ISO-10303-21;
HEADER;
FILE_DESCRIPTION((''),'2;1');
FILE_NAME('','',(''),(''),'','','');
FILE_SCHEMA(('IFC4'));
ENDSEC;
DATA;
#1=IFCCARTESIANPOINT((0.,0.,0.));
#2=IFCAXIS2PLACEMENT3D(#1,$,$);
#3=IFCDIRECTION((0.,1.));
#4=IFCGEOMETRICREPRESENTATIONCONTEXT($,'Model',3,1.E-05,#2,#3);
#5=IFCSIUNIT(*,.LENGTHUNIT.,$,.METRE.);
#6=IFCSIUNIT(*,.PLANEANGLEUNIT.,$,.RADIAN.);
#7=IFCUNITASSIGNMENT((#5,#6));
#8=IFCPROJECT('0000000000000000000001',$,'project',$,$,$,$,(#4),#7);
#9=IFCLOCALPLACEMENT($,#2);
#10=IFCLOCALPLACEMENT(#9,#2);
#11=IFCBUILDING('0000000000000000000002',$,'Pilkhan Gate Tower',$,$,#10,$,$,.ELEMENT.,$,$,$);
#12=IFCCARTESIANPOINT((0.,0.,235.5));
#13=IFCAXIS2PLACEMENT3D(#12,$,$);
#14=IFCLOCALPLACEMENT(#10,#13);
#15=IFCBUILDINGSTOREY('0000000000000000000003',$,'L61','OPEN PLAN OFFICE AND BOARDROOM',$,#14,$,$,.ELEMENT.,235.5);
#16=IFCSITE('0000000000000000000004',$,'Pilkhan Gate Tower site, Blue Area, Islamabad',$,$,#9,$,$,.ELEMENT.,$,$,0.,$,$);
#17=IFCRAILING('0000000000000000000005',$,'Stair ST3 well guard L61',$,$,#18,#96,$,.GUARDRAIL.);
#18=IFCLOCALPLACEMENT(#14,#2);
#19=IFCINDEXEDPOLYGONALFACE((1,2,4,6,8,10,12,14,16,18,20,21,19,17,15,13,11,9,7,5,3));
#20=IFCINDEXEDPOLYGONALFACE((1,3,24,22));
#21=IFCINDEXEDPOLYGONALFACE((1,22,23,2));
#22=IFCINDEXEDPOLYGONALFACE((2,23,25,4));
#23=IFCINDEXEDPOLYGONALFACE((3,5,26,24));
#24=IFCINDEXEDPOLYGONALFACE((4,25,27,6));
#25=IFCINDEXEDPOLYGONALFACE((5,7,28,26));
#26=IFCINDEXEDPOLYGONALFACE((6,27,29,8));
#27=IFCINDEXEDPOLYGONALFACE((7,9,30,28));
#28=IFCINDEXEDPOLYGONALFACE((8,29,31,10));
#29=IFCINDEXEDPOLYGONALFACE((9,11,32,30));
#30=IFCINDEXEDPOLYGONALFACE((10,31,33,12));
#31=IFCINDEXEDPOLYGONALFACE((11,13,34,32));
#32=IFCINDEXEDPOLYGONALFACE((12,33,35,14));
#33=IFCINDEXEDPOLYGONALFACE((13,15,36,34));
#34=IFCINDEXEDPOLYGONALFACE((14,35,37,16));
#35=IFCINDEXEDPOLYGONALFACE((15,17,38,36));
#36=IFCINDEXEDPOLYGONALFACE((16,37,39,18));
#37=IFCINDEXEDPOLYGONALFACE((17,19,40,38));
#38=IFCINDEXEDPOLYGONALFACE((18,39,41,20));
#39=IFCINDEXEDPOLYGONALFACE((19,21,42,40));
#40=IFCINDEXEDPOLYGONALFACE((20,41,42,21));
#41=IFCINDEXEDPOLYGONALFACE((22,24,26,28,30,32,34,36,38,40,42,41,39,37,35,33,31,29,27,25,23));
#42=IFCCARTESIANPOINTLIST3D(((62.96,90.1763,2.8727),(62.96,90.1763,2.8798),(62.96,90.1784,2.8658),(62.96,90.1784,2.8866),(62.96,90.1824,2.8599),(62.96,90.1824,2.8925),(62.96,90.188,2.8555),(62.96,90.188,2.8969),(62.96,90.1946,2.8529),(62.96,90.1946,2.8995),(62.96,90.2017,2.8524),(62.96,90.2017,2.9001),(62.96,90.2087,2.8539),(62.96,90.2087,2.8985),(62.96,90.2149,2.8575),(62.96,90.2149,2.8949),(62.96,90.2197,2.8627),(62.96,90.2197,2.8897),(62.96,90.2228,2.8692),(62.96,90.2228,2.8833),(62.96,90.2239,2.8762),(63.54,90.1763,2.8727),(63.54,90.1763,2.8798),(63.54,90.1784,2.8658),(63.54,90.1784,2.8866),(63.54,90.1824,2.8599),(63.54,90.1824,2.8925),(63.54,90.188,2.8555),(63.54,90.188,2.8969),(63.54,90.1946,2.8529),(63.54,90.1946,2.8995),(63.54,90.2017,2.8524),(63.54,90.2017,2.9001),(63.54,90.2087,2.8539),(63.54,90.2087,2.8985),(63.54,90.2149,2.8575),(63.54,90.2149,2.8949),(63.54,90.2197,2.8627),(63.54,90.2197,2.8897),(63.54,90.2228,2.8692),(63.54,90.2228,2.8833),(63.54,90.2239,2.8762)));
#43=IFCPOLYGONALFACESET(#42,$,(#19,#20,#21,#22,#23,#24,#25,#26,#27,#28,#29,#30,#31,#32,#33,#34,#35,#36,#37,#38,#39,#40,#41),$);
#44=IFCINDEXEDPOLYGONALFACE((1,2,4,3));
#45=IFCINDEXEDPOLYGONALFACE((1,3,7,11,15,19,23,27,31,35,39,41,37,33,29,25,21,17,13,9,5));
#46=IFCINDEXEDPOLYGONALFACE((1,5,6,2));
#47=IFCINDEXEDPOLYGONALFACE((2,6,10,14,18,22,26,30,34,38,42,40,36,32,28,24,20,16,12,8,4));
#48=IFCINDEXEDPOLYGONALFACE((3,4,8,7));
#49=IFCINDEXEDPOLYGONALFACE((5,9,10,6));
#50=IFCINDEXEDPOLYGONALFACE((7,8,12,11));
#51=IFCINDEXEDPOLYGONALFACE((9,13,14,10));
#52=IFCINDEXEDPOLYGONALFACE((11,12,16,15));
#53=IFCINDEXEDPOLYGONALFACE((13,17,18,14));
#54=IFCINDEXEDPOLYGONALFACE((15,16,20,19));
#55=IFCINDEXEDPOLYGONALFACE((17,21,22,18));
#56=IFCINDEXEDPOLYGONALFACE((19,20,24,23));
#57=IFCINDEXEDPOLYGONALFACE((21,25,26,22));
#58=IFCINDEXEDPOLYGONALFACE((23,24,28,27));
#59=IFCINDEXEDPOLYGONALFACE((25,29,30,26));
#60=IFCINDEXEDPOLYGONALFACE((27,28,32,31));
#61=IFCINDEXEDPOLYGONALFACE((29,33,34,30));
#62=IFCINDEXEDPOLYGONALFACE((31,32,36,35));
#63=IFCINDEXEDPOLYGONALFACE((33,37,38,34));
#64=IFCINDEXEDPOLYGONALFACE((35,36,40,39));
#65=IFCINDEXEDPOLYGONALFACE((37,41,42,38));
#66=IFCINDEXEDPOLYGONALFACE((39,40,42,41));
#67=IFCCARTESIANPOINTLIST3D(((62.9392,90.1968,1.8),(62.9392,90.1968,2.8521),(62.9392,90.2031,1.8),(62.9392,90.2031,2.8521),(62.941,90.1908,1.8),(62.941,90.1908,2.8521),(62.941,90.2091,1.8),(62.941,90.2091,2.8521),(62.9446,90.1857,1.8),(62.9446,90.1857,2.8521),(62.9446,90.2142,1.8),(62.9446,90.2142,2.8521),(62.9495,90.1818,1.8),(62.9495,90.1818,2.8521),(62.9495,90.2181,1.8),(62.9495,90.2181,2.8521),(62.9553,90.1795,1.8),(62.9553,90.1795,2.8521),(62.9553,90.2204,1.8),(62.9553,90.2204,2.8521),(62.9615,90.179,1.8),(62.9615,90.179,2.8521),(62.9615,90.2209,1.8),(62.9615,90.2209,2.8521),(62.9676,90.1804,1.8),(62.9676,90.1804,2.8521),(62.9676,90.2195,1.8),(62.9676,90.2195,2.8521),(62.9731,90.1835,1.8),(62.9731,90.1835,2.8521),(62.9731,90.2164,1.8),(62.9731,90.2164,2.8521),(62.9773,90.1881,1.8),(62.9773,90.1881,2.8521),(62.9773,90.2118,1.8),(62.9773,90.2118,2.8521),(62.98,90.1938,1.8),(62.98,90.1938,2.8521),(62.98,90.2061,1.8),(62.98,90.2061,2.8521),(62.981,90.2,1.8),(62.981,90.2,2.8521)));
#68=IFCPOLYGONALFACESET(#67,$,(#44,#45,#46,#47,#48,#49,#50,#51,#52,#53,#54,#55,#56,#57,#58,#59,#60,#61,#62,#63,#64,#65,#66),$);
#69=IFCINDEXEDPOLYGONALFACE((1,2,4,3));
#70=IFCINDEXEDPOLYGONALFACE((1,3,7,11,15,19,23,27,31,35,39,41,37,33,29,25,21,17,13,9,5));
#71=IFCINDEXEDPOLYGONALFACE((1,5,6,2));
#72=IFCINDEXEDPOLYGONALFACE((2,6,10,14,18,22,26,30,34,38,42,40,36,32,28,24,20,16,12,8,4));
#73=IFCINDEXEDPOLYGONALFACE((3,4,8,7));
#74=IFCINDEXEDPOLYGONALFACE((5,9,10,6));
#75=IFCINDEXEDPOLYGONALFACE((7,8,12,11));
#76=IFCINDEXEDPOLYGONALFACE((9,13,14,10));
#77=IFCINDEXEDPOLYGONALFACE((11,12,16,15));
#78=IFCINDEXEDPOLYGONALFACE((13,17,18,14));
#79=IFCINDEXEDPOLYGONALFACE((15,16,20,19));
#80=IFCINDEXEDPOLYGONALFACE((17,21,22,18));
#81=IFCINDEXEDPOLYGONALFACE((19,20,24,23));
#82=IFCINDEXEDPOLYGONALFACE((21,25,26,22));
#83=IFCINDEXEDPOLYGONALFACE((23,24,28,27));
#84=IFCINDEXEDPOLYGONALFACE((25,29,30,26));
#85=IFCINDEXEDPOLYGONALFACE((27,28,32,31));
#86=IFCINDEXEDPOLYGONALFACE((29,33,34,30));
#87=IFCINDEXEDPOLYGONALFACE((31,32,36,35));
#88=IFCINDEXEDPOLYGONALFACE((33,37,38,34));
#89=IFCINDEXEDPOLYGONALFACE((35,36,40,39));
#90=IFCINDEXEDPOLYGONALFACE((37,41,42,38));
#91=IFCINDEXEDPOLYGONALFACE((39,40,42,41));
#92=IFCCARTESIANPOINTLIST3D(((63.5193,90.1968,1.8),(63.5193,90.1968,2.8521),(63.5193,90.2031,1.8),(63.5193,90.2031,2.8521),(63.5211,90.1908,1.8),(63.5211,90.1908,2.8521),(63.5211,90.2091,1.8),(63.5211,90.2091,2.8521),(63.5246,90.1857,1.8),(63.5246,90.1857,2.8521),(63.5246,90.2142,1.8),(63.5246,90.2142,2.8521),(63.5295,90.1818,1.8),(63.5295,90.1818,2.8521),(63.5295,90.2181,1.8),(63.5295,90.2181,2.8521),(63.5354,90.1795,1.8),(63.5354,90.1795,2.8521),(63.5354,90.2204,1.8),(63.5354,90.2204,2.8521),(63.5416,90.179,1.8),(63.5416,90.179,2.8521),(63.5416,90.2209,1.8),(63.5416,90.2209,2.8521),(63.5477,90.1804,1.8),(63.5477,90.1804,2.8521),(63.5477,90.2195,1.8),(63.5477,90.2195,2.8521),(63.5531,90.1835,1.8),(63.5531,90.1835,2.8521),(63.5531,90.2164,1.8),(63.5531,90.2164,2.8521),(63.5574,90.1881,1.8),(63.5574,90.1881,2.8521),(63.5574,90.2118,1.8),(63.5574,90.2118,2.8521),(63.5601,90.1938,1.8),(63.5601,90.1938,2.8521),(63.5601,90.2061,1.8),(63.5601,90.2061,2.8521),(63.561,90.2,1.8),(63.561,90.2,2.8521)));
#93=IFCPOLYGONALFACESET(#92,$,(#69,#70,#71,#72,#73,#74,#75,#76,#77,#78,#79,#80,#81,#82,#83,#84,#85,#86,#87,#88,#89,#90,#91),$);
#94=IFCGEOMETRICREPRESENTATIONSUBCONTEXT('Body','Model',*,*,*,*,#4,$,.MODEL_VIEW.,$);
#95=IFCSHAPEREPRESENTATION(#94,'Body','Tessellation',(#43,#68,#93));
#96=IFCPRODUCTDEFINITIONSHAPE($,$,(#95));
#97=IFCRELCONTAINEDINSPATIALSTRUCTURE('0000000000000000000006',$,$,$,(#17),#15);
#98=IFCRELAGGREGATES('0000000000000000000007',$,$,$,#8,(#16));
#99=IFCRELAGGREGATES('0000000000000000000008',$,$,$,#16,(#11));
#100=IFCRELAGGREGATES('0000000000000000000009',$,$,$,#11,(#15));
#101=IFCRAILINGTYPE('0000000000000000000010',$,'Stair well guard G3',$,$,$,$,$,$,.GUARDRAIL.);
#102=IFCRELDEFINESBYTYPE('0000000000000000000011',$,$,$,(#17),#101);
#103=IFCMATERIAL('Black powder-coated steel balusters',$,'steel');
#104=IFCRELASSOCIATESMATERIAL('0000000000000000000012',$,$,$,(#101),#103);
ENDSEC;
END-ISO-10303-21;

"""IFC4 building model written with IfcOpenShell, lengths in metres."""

from ifc_helpers import new_model, si_unit, direction, frame, origin, origin_2d, place, context, subcontext, project, spatial, circle, extrude, material, type_object, element, save


model = new_model("IFC4")

# Units and contexts
model_context = context("Model", 3, precision=1e-05, world=origin(), true_north=direction((0.0, 1.0)))
body_context = subcontext(model_context, "Body", "Model", "MODEL_VIEW")
ifc_project = project(units=[si_unit("LENGTHUNIT", "METRE"), si_unit("PLANEANGLEUNIT", "RADIAN")], contexts=[model_context])

# Site, building, storey
site_placement = place(None, origin())
site = spatial("IfcSite", under=ifc_project, at=site_placement, Name="Pilkhan Gate Tower site, Blue Area, Islamabad", CompositionType="ELEMENT", RefElevation=0.0)
building_placement = place(site_placement, origin())
building = spatial("IfcBuilding", under=site, at=building_placement, Name="Pilkhan Gate Tower", CompositionType="ELEMENT")
storey_placement = place(building_placement, frame((0.0, 0.0, 235.5)))
storey = spatial("IfcBuildingStorey", under=building, at=storey_placement, Name="L61", Description="OPEN PLAN OFFICE AND BOARDROOM", CompositionType="ELEMENT", Elevation=235.5)

# Railing
ifc_material_1 = material(Name="Black powder-coated steel balusters", Category="steel")
railing_type_1 = type_object("IfcRailingType", Name="Stair well guard G3", PredefinedType="GUARDRAIL", material=ifc_material_1)
for number, where, name in (
    (1, (62.96, 90.2, 1.8), "Stair ST3 well guard L61"),
):
    element("IfcRailing", number, at=place(storey_placement, frame(where)), inside=storey, type_object=railing_type_1, Name=name, PredefinedType="GUARDRAIL", context=body_context, shape_type="SweptSolid", body=[
        extrude(circle(Radius=0.0239, at=origin_2d()), frame((0.0, 0.0, 1.0762), z_axis=(1.0, 0.0, 0.0), x_axis=(0.0, 1.0, 0.0)), (0.0, 0.0, 1.0), 0.5801),
        extrude(circle(Radius=0.021, at=origin_2d()), origin(), (0.0, 0.0, 1.0), 1.052),
        extrude(circle(Radius=0.021, at=origin_2d()), frame((0.5801, 0.0, 0.0)), (0.0, 0.0, 1.0), 1.052),
    ])

save(model, "model.ifc")
